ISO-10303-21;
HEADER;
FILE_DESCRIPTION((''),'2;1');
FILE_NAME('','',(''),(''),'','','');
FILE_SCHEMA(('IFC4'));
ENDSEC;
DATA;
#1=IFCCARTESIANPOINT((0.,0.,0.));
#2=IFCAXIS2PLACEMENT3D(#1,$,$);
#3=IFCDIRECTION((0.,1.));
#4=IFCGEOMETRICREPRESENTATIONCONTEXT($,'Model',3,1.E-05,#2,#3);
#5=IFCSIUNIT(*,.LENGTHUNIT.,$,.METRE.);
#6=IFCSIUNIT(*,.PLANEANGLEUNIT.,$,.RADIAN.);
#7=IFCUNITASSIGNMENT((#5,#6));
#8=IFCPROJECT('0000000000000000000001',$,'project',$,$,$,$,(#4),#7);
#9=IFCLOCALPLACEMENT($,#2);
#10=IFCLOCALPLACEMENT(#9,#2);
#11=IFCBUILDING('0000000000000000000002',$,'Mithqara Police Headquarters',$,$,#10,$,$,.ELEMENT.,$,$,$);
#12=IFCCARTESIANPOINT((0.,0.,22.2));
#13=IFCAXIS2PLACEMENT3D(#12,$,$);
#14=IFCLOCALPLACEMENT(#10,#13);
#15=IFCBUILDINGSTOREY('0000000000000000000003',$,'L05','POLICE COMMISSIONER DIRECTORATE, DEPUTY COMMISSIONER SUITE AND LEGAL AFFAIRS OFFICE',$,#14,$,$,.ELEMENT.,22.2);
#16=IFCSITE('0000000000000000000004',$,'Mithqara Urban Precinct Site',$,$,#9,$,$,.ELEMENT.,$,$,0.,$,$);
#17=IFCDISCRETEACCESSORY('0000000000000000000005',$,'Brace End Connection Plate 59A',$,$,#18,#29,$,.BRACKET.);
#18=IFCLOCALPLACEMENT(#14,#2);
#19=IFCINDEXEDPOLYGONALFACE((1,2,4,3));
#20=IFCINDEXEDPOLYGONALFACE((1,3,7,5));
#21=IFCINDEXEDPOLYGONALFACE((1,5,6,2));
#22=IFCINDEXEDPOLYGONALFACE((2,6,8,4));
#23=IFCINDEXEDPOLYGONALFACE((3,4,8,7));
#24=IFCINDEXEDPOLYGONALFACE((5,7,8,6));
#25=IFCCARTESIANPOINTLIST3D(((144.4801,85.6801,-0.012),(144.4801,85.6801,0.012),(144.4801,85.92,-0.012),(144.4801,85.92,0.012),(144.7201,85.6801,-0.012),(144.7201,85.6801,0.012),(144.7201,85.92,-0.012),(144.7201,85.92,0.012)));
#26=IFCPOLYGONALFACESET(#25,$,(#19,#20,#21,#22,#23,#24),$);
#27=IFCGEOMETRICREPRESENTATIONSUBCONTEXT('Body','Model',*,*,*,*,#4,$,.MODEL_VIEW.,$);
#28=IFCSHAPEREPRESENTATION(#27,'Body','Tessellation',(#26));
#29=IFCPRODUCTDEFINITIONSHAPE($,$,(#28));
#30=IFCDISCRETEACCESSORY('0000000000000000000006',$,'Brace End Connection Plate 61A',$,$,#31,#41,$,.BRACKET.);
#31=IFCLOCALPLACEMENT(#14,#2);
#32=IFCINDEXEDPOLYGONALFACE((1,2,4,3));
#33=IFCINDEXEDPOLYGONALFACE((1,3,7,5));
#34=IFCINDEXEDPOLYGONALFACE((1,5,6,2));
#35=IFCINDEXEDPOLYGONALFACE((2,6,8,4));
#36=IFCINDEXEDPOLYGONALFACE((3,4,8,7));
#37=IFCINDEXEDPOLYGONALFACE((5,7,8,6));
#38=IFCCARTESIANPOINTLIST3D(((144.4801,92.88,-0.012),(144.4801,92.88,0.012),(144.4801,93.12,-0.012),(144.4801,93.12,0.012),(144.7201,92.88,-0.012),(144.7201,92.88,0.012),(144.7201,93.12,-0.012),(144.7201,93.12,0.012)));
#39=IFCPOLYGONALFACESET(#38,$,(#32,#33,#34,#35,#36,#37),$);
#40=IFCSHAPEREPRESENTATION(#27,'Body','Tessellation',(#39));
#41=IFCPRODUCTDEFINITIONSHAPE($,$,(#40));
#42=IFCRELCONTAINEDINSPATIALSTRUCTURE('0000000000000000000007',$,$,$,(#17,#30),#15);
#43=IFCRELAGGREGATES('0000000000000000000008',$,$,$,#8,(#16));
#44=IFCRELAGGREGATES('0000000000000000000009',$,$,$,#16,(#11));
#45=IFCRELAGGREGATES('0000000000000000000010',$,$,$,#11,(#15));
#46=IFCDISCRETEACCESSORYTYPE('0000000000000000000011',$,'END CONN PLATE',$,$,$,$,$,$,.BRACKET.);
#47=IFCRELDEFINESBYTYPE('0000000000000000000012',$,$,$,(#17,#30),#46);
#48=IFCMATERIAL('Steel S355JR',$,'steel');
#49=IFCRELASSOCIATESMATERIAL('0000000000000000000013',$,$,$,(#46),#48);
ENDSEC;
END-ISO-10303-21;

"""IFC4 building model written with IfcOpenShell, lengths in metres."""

from ifc_helpers import new_model, si_unit, direction, frame, origin, origin_2d, place, context, subcontext, project, spatial, rectangle, extrude, material, type_object, element, save


model = new_model("IFC4")

# Units and contexts
model_context = context("Model", 3, precision=1e-05, world=origin(), true_north=direction((0.0, 1.0)))
body_context = subcontext(model_context, "Body", "Model", "MODEL_VIEW")
ifc_project = project(units=[si_unit("LENGTHUNIT", "METRE"), si_unit("PLANEANGLEUNIT", "RADIAN")], contexts=[model_context])

# Site, building, storey
site_placement = place(None, origin())
site = spatial("IfcSite", under=ifc_project, at=site_placement, Name="Mithqara Urban Precinct Site", CompositionType="ELEMENT", RefElevation=0.0)
building_placement = place(site_placement, origin())
building = spatial("IfcBuilding", under=site, at=building_placement, Name="Mithqara Police Headquarters", CompositionType="ELEMENT")
storey_placement = place(building_placement, frame((0.0, 0.0, 22.2)))
storey = spatial("IfcBuildingStorey", under=building, at=storey_placement, Name="L05", Description="POLICE COMMISSIONER DIRECTORATE, DEPUTY COMMISSIONER SUITE AND LEGAL AFFAIRS OFFICE", CompositionType="ELEMENT", Elevation=22.2)

# Shared definitions
ifc_material_1 = material(Name="Steel S355JR", Category="steel")

# Discrete accessories
discrete_accessory_type = type_object("IfcDiscreteAccessoryType", Name="END CONN PLATE", PredefinedType="BRACKET", material=ifc_material_1)
for number, where, z_axis, x_axis, name in (
    (1, (144.6001, 85.8, -0.012), (0.0, 0.0, 1.0), (1.0, 0.0, 0.0), "Brace End Connection Plate 59A"),
    (2, (144.6001, 93.0, -0.012), (0.0, 0.0, 1.0), (1.0, 0.0, 0.0), "Brace End Connection Plate 61A"),
):
    element("IfcDiscreteAccessory", number, at=place(storey_placement, frame(where, z_axis=z_axis, x_axis=x_axis)), inside=storey, type_object=discrete_accessory_type, Name=name, PredefinedType="BRACKET", context=body_context, shape_type="SweptSolid", body=[
        extrude(rectangle(XDim=0.24, YDim=0.24, at=origin_2d()), origin(), (0.0, 0.0, 1.0), 0.0239),
    ])

save(model, "model.ifc")
